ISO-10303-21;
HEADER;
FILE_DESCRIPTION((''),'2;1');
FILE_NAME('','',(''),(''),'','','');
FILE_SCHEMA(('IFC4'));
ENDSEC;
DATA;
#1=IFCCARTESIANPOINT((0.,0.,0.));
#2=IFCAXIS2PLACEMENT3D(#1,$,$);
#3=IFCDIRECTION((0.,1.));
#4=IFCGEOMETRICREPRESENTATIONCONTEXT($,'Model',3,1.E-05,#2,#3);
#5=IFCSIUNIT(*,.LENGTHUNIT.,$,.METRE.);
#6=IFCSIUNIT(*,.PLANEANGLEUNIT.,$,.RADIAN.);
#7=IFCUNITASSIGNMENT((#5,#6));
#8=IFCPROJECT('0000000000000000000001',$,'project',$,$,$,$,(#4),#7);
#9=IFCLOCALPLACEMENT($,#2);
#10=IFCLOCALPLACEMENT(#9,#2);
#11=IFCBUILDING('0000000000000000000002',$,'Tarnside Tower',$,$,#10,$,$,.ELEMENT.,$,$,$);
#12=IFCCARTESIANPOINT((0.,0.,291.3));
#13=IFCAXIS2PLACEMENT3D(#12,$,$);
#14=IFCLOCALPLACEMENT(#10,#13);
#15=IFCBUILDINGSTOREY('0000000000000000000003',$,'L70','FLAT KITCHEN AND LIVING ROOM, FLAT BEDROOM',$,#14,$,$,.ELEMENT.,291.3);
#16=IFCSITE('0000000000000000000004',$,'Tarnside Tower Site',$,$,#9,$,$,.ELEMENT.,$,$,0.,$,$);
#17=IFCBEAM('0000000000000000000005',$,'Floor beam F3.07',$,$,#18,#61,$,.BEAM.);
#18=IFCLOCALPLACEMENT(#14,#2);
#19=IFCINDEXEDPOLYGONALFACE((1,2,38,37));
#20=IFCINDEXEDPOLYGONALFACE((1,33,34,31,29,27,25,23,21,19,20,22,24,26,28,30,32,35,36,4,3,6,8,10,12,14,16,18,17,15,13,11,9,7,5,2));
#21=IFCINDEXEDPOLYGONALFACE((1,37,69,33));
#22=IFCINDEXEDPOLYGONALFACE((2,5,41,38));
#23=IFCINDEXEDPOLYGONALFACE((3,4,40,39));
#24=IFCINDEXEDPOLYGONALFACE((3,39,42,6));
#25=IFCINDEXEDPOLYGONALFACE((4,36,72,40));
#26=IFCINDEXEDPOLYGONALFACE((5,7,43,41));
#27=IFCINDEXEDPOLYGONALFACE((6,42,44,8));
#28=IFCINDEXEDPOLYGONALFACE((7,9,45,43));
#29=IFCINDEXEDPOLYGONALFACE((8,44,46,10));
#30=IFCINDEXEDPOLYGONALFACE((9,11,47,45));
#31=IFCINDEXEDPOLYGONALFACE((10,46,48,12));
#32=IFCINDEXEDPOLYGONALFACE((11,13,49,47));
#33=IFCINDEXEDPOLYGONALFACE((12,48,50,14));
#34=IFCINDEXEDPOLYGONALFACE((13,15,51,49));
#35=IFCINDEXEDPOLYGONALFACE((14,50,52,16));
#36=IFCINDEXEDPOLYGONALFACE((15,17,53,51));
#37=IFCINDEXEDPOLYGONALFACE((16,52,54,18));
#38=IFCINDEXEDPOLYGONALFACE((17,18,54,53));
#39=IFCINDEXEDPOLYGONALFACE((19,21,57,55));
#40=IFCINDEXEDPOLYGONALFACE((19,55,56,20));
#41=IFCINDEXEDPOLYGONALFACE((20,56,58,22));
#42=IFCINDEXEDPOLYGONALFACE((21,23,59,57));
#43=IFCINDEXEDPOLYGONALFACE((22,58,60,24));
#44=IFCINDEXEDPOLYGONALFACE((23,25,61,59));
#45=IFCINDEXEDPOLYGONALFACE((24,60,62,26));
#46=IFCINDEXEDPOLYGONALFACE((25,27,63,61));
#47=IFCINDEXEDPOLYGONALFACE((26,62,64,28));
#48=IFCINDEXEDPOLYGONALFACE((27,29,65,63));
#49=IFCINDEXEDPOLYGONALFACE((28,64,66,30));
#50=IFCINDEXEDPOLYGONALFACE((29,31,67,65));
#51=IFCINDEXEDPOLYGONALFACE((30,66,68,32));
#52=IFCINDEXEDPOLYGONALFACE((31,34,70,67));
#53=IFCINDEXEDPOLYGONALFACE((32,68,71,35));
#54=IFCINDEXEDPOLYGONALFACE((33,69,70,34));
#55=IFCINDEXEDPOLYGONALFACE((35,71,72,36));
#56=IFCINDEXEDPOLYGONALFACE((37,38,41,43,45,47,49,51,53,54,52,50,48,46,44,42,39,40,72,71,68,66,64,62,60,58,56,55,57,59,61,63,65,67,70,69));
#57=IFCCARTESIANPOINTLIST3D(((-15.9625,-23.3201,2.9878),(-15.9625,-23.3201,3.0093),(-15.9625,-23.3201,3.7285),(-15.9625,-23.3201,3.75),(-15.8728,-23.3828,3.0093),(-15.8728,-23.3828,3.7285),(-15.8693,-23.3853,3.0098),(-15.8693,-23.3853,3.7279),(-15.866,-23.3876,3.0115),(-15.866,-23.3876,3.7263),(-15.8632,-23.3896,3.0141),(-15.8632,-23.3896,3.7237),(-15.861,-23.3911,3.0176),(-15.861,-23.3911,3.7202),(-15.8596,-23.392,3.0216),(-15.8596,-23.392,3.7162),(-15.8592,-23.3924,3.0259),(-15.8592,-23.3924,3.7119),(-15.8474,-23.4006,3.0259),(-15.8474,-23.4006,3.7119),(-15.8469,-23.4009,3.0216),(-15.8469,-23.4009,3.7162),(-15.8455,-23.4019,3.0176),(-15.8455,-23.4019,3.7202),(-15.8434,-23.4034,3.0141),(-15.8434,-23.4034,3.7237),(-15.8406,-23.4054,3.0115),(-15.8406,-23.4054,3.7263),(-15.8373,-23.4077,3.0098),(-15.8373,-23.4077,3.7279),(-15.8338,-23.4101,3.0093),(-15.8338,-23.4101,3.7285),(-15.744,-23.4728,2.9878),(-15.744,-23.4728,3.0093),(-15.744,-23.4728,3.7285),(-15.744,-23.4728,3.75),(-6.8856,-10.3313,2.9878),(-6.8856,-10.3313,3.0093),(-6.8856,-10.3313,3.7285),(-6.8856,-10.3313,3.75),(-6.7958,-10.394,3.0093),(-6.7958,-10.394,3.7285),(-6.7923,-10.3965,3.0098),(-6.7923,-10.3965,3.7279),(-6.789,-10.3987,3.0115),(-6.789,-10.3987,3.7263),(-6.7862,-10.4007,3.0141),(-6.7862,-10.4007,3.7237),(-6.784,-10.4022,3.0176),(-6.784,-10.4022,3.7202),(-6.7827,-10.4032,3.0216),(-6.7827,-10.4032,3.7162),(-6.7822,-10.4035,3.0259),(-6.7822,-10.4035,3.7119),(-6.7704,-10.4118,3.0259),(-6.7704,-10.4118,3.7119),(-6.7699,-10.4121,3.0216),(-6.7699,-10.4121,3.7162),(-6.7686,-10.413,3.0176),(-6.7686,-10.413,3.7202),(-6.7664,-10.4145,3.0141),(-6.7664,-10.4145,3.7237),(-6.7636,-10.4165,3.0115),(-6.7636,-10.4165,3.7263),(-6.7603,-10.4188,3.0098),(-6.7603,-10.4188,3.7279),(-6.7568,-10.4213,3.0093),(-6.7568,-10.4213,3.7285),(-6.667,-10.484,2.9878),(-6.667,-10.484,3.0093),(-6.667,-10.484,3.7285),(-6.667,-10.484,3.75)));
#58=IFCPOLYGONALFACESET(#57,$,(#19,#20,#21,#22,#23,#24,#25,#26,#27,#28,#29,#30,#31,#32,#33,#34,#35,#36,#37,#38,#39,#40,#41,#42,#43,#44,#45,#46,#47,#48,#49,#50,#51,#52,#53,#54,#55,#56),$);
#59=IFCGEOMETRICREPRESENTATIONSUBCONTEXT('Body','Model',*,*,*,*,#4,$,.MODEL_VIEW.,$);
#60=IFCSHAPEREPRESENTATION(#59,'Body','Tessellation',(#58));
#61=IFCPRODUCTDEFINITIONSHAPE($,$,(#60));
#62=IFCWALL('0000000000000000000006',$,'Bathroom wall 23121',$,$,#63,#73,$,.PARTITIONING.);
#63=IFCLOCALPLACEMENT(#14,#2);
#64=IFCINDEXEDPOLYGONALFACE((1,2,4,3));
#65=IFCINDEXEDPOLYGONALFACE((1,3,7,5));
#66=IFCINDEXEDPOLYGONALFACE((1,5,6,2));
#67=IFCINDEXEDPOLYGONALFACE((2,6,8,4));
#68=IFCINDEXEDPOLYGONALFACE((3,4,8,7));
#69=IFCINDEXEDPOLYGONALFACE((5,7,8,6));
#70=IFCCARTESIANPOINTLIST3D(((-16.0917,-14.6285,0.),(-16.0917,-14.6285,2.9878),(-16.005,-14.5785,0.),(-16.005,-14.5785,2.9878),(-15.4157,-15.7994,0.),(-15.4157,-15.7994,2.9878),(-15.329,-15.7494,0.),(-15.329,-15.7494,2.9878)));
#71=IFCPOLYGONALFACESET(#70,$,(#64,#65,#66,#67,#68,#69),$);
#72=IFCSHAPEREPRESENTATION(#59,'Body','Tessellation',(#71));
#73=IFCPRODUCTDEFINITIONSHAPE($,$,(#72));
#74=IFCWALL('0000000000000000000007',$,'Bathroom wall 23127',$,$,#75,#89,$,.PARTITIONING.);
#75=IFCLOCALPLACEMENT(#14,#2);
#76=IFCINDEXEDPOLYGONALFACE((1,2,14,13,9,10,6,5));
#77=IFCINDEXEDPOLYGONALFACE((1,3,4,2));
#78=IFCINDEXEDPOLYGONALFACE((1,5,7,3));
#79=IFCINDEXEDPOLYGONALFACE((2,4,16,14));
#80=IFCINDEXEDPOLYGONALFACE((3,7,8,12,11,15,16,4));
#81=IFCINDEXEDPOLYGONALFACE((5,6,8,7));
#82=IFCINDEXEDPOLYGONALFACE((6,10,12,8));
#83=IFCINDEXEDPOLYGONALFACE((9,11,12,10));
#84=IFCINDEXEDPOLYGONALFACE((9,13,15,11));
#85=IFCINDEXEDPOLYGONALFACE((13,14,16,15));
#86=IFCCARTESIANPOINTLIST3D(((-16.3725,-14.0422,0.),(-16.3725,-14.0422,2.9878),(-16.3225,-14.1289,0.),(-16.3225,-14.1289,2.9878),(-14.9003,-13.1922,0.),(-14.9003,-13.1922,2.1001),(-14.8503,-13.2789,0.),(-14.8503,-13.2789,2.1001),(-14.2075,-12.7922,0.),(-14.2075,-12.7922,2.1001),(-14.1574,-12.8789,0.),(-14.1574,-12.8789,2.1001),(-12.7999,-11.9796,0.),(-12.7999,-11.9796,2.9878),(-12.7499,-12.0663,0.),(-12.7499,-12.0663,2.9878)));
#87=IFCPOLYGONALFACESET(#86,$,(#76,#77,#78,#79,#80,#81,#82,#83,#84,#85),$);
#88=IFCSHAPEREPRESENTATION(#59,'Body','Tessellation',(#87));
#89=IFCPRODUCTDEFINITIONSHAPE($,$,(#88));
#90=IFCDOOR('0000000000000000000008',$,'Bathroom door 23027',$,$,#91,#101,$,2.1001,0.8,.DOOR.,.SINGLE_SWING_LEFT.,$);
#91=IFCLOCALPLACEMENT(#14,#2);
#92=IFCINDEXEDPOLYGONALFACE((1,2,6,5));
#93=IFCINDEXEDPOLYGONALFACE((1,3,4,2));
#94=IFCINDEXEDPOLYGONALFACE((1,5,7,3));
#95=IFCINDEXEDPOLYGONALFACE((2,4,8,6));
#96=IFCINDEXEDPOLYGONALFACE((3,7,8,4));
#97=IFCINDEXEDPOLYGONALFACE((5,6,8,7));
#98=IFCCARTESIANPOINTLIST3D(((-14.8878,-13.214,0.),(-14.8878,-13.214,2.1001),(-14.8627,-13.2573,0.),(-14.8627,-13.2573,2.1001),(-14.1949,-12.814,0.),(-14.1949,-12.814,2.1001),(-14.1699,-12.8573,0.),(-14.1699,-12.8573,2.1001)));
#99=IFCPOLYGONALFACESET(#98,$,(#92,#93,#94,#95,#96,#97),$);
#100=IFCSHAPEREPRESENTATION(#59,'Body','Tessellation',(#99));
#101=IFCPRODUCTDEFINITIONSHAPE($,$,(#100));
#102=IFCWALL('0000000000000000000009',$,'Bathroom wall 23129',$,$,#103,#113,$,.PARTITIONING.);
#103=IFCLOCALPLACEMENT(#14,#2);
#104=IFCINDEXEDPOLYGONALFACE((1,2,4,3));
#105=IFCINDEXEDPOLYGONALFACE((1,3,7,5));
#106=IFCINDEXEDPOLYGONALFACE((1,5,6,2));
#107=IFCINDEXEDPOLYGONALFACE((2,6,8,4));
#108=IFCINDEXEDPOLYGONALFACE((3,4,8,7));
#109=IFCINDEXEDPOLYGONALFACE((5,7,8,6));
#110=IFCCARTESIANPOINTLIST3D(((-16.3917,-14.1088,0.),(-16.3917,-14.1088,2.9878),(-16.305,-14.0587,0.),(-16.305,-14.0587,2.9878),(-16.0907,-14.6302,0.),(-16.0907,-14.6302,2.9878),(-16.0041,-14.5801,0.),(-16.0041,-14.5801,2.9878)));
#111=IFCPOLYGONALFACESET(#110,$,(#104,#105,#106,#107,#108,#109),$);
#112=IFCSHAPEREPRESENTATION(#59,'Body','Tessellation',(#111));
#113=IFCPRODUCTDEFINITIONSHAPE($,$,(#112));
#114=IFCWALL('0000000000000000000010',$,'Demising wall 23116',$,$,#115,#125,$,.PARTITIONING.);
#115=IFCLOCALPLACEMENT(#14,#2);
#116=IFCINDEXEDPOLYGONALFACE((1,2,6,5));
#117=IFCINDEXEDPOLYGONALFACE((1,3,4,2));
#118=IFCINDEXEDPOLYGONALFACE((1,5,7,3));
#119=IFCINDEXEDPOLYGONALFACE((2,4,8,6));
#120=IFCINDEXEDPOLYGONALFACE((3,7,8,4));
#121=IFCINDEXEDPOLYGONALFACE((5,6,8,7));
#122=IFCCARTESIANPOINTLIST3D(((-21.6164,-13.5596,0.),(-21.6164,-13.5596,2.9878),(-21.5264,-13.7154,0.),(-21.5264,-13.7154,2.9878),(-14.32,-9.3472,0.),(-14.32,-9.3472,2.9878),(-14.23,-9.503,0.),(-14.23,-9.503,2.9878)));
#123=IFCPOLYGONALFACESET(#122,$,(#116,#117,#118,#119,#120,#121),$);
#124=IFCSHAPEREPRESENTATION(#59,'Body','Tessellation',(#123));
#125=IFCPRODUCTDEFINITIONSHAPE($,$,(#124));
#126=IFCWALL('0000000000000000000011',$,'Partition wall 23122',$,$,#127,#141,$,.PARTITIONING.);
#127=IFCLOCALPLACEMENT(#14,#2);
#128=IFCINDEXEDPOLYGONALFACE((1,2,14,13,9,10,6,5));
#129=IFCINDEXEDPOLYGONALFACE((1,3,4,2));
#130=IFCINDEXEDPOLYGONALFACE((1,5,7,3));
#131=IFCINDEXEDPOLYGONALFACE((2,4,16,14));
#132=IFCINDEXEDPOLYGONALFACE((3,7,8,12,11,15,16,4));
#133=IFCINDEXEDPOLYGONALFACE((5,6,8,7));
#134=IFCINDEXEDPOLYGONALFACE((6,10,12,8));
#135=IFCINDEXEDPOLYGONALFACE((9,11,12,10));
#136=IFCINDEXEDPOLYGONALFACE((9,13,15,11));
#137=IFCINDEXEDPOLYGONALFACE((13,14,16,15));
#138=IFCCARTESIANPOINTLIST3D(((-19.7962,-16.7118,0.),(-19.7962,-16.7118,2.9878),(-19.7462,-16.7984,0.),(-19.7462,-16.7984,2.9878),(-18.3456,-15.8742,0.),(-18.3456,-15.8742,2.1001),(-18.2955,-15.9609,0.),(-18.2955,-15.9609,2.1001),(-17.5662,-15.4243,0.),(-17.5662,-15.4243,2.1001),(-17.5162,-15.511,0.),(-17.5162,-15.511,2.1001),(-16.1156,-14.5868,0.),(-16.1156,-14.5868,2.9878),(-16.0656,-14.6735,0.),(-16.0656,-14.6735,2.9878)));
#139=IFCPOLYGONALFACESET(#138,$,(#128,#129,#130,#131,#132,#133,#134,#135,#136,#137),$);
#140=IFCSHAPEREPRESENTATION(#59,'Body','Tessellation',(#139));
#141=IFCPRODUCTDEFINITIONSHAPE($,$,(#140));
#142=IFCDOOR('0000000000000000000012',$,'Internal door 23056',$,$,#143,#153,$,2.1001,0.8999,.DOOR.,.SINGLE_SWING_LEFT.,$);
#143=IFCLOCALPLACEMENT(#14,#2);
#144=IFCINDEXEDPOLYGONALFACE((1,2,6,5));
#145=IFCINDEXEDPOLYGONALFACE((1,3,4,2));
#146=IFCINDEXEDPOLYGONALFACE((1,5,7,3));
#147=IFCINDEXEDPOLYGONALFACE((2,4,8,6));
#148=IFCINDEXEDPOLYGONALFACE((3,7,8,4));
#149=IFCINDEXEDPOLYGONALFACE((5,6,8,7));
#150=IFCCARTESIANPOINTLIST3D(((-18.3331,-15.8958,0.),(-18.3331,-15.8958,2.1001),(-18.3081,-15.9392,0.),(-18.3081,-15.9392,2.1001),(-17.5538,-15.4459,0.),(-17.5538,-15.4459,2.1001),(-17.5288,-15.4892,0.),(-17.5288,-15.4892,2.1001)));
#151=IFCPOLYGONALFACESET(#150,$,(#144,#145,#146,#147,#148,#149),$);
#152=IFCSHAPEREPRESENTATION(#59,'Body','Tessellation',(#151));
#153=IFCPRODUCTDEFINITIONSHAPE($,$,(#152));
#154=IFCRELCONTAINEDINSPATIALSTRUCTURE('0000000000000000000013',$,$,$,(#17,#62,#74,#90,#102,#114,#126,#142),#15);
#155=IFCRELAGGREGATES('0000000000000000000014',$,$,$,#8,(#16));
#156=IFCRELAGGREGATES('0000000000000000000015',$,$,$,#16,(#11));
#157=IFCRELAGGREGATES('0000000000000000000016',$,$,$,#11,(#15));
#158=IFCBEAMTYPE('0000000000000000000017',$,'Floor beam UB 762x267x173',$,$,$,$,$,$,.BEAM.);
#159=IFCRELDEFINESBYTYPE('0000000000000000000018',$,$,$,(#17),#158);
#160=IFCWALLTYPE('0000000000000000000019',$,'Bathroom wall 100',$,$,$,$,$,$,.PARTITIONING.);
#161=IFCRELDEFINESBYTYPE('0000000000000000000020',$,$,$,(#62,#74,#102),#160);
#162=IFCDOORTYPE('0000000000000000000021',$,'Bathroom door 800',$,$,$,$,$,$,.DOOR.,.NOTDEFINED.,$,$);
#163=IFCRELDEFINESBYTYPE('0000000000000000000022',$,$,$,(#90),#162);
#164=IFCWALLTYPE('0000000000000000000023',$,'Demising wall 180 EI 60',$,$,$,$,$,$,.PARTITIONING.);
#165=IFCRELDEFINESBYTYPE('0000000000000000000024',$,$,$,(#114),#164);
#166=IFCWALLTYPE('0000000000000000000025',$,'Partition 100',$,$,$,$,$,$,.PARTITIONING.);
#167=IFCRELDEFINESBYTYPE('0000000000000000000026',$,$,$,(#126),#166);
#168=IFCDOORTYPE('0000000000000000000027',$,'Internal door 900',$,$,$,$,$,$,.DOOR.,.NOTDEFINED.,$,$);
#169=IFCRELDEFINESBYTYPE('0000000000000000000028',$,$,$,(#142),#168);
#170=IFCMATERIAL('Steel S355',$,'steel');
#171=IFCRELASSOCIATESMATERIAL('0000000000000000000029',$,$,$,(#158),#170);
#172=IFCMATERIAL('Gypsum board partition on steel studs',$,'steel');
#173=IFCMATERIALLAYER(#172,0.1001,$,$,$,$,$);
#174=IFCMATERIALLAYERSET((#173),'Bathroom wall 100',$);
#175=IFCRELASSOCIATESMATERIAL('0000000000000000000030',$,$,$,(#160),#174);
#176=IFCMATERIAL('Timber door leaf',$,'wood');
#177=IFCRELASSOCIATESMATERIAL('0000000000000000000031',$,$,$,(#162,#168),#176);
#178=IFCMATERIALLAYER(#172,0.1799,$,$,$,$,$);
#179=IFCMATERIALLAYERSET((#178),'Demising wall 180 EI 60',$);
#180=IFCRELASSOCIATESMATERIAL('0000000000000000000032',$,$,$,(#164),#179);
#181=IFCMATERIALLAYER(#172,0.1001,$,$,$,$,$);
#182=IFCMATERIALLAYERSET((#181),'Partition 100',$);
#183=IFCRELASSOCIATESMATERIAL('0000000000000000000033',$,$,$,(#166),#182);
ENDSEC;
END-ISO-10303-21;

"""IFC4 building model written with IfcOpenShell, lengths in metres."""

from ifc_helpers import new_model, si_unit, direction, frame, frame_2d, origin, origin_2d, place, context, subcontext, project, spatial, rectangle, i_section, extrude, material, layer, layer_set, material_profile, profile_set, type_object, element, fill, save


model = new_model("IFC4")

# Units and contexts
model_context = context("Model", 3, precision=1e-05, world=origin(), true_north=direction((0.0, 1.0)))
body_context = subcontext(model_context, "Body", "Model", "MODEL_VIEW")
ifc_project = project(units=[si_unit("LENGTHUNIT", "METRE"), si_unit("PLANEANGLEUNIT", "RADIAN")], contexts=[model_context])

# Site, building, storey
site_placement = place(None, origin())
site = spatial("IfcSite", under=ifc_project, at=site_placement, Name="Tarnside Tower Site", CompositionType="ELEMENT", RefElevation=0.0)
building_placement = place(site_placement, origin())
building = spatial("IfcBuilding", under=site, at=building_placement, Name="Tarnside Tower", CompositionType="ELEMENT")
storey_placement = place(building_placement, frame((0.0, 0.0, 291.3)))
storey = spatial("IfcBuildingStorey", under=building, at=storey_placement, Name="L70", Description="FLAT KITCHEN AND LIVING ROOM, FLAT BEDROOM", CompositionType="ELEMENT", Elevation=291.3)

# Beam
ifc_material_1 = material(Name="Steel S355", Category="steel")
ifc_material_profile_1 = material_profile(ifc_material_1, i_section(OverallWidth=0.2666, OverallDepth=0.7622, WebThickness=0.0144, FlangeThickness=0.0215, FilletRadius=0.0166, at=origin_2d()), Name="UB 762x267x173")
ifc_profile_set_1 = profile_set([ifc_material_profile_1], Name="Steel S355")
beam_type_1 = type_object("IfcBeamType", Name="Floor beam UB 762x267x173", PredefinedType="BEAM", material=ifc_profile_set_1)
beam_1_placement = place(storey_placement, frame((-15.8533, -23.3965, 3.3689), z_axis=(0.572817, 0.819683, 0.0), x_axis=(-0.819683, 0.572817, 0.0)))
element("IfcBeam", 1, at=beam_1_placement, inside=storey, type_object=beam_type_1, Name="Floor beam F3.07", PredefinedType="BEAM", context=body_context, shape_type="SweptSolid", body=[
    extrude(i_section(OverallWidth=0.2666, OverallDepth=0.7622, WebThickness=0.0144, FlangeThickness=0.0215, FilletRadius=0.0166, at=origin_2d()), origin(), (0.0, 0.0, 1.0), 15.8462),
])

# Wall
ifc_material_2 = material(Name="Gypsum board partition on steel studs", Category="steel")
ifc_layer_1 = layer(ifc_material_2, 0.1001)
ifc_layer_set_1 = layer_set([ifc_layer_1], Name="Bathroom wall 100")
wall_type_1 = type_object("IfcWallType", Name="Bathroom wall 100", PredefinedType="PARTITIONING", material=ifc_layer_set_1)
wall_1_placement = place(storey_placement, frame((-15.3723, -15.7744, 0.0), z_axis=(0.0, 0.0, 1.0), x_axis=(-0.500004, 0.866023, 0.0)))
element("IfcWall", 2, at=wall_1_placement, inside=storey, type_object=wall_type_1, Name="Bathroom wall 23121", PredefinedType="PARTITIONING", context=body_context, shape_type="SweptSolid", body=[
    extrude(rectangle(XDim=1.3521, YDim=0.1001, at=frame_2d((0.676, 0.0))), origin(), (0.0, 0.0, 1.0), 2.9878),
])

# Wall, opening, door
wall_2_placement = place(storey_placement, frame((-16.3474, -14.0854, 0.0), z_axis=(0.0, 0.0, 1.0), x_axis=(0.866035, 0.499984, 0.0)))
wall_2 = element("IfcWall", 3, at=wall_2_placement, inside=storey, type_object=wall_type_1, Name="Bathroom wall 23127", PredefinedType="PARTITIONING", context=body_context, shape_type="SweptSolid", body=[
    extrude(rectangle(XDim=4.1252, YDim=0.1001, at=frame_2d((2.0625, 0.0))), origin(), (0.0, 0.0, 1.0), 2.9878),
])
opening_1_placement = place(wall_2_placement, frame((1.7, 0.0, 0.0)))
opening_1 = element("IfcOpeningElement", 4, at=opening_1_placement, cuts=wall_2, PredefinedType="OPENING", context=body_context, shape_type="SweptSolid", body=[
    extrude(rectangle(XDim=0.8, YDim=2.1001, at=frame_2d((0.3999, 1.05))), frame((0.0, 0.0601, 0.0), z_axis=(0.0, -1.0, 0.0), x_axis=(1.0, 0.0, 0.0)), (0.0, 0.0, 1.0), 0.1201),
])
ifc_material_3 = material(Name="Timber door leaf", Category="wood")
door_type_1 = type_object("IfcDoorType", Name="Bathroom door 800", OperationType="NOTDEFINED", PredefinedType="DOOR", material=ifc_material_3)
door_1_placement = place(opening_1_placement, origin())
door_1 = element("IfcDoor", 5, at=door_1_placement, inside=storey, type_object=door_type_1, Name="Bathroom door 23027", OperationType="SINGLE_SWING_LEFT", OverallHeight=2.1001, OverallWidth=0.8, PredefinedType="DOOR", context=body_context, shape_type="SweptSolid", body=[
    extrude(rectangle(XDim=0.8, YDim=2.1001, at=frame_2d((0.3999, 1.05))), frame((0.0, 0.0249, 0.0), z_axis=(0.0, -1.0, 0.0), x_axis=(1.0, 0.0, 0.0)), (0.0, 0.0, 1.0), 0.05),
])
fill(opening_1, door_1)

# Walls
wall_3_placement = place(storey_placement, frame((-16.3484, -14.0837, 0.0), z_axis=(0.0, 0.0, 1.0), x_axis=(0.499933, -0.866064, 0.0)))
element("IfcWall", 6, at=wall_3_placement, inside=storey, type_object=wall_type_1, Name="Bathroom wall 23129", PredefinedType="PARTITIONING", context=body_context, shape_type="SweptSolid", body=[
    extrude(rectangle(XDim=0.6021, YDim=0.1001, at=frame_2d((0.301, 0.0))), origin(), (0.0, 0.0, 1.0), 2.9878),
])
ifc_layer_2 = layer(ifc_material_2, 0.1799)
ifc_layer_set_2 = layer_set([ifc_layer_2], Name="Demising wall 180 EI 60")
wall_type_2 = type_object("IfcWallType", Name="Demising wall 180 EI 60", PredefinedType="PARTITIONING", material=ifc_layer_set_2)
wall_4_placement = place(storey_placement, frame((-21.5713, -13.6375, 0.0), z_axis=(0.0, 0.0, 1.0), x_axis=(0.866034, 0.499985, 0.0)))
element("IfcWall", 7, at=wall_4_placement, inside=storey, type_object=wall_type_2, Name="Demising wall 23116", PredefinedType="PARTITIONING", context=body_context, shape_type="SweptSolid", body=[
    extrude(rectangle(XDim=8.425, YDim=0.1799, at=frame_2d((4.2124, 0.0))), origin(), (0.0, 0.0, 1.0), 2.9878),
])

# Wall, opening, door
ifc_layer_3 = layer(ifc_material_2, 0.1001)
ifc_layer_set_3 = layer_set([ifc_layer_3], Name="Partition 100")
wall_type_3 = type_object("IfcWallType", Name="Partition 100", PredefinedType="PARTITIONING", material=ifc_layer_set_3)
wall_5_placement = place(storey_placement, frame((-16.0906, -14.6301, 0.0), z_axis=(0.0, 0.0, 1.0), x_axis=(-0.866029, -0.499994, 0.0)))
wall_5 = element("IfcWall", 8, at=wall_5_placement, inside=storey, type_object=wall_type_3, Name="Partition wall 23122", PredefinedType="PARTITIONING", context=body_context, shape_type="SweptSolid", body=[
    extrude(rectangle(XDim=4.25, YDim=0.1001, at=frame_2d((2.125, 0.0))), origin(), (0.0, 0.0, 1.0), 2.9878),
])
opening_2_placement = place(wall_5_placement, frame((1.675, 0.0, 0.0)))
opening_2 = element("IfcOpeningElement", 9, at=opening_2_placement, cuts=wall_5, PredefinedType="OPENING", context=body_context, shape_type="SweptSolid", body=[
    extrude(rectangle(XDim=0.8999, YDim=2.1001, at=frame_2d((0.45, 1.05))), frame((0.0, 0.0601, 0.0), z_axis=(0.0, -1.0, 0.0), x_axis=(1.0, 0.0, 0.0)), (0.0, 0.0, 1.0), 0.1201),
])
door_type_2 = type_object("IfcDoorType", Name="Internal door 900", OperationType="NOTDEFINED", PredefinedType="DOOR", material=ifc_material_3)
door_2_placement = place(opening_2_placement, origin())
door_2 = element("IfcDoor", 10, at=door_2_placement, inside=storey, type_object=door_type_2, Name="Internal door 23056", OperationType="SINGLE_SWING_LEFT", OverallHeight=2.1001, OverallWidth=0.8999, PredefinedType="DOOR", context=body_context, shape_type="SweptSolid", body=[
    extrude(rectangle(XDim=0.8999, YDim=2.1001, at=frame_2d((0.45, 1.05))), frame((0.0, 0.0249, 0.0), z_axis=(0.0, -1.0, 0.0), x_axis=(1.0, 0.0, 0.0)), (0.0, 0.0, 1.0), 0.05),
])
fill(opening_2, door_2)

save(model, "model.ifc")
